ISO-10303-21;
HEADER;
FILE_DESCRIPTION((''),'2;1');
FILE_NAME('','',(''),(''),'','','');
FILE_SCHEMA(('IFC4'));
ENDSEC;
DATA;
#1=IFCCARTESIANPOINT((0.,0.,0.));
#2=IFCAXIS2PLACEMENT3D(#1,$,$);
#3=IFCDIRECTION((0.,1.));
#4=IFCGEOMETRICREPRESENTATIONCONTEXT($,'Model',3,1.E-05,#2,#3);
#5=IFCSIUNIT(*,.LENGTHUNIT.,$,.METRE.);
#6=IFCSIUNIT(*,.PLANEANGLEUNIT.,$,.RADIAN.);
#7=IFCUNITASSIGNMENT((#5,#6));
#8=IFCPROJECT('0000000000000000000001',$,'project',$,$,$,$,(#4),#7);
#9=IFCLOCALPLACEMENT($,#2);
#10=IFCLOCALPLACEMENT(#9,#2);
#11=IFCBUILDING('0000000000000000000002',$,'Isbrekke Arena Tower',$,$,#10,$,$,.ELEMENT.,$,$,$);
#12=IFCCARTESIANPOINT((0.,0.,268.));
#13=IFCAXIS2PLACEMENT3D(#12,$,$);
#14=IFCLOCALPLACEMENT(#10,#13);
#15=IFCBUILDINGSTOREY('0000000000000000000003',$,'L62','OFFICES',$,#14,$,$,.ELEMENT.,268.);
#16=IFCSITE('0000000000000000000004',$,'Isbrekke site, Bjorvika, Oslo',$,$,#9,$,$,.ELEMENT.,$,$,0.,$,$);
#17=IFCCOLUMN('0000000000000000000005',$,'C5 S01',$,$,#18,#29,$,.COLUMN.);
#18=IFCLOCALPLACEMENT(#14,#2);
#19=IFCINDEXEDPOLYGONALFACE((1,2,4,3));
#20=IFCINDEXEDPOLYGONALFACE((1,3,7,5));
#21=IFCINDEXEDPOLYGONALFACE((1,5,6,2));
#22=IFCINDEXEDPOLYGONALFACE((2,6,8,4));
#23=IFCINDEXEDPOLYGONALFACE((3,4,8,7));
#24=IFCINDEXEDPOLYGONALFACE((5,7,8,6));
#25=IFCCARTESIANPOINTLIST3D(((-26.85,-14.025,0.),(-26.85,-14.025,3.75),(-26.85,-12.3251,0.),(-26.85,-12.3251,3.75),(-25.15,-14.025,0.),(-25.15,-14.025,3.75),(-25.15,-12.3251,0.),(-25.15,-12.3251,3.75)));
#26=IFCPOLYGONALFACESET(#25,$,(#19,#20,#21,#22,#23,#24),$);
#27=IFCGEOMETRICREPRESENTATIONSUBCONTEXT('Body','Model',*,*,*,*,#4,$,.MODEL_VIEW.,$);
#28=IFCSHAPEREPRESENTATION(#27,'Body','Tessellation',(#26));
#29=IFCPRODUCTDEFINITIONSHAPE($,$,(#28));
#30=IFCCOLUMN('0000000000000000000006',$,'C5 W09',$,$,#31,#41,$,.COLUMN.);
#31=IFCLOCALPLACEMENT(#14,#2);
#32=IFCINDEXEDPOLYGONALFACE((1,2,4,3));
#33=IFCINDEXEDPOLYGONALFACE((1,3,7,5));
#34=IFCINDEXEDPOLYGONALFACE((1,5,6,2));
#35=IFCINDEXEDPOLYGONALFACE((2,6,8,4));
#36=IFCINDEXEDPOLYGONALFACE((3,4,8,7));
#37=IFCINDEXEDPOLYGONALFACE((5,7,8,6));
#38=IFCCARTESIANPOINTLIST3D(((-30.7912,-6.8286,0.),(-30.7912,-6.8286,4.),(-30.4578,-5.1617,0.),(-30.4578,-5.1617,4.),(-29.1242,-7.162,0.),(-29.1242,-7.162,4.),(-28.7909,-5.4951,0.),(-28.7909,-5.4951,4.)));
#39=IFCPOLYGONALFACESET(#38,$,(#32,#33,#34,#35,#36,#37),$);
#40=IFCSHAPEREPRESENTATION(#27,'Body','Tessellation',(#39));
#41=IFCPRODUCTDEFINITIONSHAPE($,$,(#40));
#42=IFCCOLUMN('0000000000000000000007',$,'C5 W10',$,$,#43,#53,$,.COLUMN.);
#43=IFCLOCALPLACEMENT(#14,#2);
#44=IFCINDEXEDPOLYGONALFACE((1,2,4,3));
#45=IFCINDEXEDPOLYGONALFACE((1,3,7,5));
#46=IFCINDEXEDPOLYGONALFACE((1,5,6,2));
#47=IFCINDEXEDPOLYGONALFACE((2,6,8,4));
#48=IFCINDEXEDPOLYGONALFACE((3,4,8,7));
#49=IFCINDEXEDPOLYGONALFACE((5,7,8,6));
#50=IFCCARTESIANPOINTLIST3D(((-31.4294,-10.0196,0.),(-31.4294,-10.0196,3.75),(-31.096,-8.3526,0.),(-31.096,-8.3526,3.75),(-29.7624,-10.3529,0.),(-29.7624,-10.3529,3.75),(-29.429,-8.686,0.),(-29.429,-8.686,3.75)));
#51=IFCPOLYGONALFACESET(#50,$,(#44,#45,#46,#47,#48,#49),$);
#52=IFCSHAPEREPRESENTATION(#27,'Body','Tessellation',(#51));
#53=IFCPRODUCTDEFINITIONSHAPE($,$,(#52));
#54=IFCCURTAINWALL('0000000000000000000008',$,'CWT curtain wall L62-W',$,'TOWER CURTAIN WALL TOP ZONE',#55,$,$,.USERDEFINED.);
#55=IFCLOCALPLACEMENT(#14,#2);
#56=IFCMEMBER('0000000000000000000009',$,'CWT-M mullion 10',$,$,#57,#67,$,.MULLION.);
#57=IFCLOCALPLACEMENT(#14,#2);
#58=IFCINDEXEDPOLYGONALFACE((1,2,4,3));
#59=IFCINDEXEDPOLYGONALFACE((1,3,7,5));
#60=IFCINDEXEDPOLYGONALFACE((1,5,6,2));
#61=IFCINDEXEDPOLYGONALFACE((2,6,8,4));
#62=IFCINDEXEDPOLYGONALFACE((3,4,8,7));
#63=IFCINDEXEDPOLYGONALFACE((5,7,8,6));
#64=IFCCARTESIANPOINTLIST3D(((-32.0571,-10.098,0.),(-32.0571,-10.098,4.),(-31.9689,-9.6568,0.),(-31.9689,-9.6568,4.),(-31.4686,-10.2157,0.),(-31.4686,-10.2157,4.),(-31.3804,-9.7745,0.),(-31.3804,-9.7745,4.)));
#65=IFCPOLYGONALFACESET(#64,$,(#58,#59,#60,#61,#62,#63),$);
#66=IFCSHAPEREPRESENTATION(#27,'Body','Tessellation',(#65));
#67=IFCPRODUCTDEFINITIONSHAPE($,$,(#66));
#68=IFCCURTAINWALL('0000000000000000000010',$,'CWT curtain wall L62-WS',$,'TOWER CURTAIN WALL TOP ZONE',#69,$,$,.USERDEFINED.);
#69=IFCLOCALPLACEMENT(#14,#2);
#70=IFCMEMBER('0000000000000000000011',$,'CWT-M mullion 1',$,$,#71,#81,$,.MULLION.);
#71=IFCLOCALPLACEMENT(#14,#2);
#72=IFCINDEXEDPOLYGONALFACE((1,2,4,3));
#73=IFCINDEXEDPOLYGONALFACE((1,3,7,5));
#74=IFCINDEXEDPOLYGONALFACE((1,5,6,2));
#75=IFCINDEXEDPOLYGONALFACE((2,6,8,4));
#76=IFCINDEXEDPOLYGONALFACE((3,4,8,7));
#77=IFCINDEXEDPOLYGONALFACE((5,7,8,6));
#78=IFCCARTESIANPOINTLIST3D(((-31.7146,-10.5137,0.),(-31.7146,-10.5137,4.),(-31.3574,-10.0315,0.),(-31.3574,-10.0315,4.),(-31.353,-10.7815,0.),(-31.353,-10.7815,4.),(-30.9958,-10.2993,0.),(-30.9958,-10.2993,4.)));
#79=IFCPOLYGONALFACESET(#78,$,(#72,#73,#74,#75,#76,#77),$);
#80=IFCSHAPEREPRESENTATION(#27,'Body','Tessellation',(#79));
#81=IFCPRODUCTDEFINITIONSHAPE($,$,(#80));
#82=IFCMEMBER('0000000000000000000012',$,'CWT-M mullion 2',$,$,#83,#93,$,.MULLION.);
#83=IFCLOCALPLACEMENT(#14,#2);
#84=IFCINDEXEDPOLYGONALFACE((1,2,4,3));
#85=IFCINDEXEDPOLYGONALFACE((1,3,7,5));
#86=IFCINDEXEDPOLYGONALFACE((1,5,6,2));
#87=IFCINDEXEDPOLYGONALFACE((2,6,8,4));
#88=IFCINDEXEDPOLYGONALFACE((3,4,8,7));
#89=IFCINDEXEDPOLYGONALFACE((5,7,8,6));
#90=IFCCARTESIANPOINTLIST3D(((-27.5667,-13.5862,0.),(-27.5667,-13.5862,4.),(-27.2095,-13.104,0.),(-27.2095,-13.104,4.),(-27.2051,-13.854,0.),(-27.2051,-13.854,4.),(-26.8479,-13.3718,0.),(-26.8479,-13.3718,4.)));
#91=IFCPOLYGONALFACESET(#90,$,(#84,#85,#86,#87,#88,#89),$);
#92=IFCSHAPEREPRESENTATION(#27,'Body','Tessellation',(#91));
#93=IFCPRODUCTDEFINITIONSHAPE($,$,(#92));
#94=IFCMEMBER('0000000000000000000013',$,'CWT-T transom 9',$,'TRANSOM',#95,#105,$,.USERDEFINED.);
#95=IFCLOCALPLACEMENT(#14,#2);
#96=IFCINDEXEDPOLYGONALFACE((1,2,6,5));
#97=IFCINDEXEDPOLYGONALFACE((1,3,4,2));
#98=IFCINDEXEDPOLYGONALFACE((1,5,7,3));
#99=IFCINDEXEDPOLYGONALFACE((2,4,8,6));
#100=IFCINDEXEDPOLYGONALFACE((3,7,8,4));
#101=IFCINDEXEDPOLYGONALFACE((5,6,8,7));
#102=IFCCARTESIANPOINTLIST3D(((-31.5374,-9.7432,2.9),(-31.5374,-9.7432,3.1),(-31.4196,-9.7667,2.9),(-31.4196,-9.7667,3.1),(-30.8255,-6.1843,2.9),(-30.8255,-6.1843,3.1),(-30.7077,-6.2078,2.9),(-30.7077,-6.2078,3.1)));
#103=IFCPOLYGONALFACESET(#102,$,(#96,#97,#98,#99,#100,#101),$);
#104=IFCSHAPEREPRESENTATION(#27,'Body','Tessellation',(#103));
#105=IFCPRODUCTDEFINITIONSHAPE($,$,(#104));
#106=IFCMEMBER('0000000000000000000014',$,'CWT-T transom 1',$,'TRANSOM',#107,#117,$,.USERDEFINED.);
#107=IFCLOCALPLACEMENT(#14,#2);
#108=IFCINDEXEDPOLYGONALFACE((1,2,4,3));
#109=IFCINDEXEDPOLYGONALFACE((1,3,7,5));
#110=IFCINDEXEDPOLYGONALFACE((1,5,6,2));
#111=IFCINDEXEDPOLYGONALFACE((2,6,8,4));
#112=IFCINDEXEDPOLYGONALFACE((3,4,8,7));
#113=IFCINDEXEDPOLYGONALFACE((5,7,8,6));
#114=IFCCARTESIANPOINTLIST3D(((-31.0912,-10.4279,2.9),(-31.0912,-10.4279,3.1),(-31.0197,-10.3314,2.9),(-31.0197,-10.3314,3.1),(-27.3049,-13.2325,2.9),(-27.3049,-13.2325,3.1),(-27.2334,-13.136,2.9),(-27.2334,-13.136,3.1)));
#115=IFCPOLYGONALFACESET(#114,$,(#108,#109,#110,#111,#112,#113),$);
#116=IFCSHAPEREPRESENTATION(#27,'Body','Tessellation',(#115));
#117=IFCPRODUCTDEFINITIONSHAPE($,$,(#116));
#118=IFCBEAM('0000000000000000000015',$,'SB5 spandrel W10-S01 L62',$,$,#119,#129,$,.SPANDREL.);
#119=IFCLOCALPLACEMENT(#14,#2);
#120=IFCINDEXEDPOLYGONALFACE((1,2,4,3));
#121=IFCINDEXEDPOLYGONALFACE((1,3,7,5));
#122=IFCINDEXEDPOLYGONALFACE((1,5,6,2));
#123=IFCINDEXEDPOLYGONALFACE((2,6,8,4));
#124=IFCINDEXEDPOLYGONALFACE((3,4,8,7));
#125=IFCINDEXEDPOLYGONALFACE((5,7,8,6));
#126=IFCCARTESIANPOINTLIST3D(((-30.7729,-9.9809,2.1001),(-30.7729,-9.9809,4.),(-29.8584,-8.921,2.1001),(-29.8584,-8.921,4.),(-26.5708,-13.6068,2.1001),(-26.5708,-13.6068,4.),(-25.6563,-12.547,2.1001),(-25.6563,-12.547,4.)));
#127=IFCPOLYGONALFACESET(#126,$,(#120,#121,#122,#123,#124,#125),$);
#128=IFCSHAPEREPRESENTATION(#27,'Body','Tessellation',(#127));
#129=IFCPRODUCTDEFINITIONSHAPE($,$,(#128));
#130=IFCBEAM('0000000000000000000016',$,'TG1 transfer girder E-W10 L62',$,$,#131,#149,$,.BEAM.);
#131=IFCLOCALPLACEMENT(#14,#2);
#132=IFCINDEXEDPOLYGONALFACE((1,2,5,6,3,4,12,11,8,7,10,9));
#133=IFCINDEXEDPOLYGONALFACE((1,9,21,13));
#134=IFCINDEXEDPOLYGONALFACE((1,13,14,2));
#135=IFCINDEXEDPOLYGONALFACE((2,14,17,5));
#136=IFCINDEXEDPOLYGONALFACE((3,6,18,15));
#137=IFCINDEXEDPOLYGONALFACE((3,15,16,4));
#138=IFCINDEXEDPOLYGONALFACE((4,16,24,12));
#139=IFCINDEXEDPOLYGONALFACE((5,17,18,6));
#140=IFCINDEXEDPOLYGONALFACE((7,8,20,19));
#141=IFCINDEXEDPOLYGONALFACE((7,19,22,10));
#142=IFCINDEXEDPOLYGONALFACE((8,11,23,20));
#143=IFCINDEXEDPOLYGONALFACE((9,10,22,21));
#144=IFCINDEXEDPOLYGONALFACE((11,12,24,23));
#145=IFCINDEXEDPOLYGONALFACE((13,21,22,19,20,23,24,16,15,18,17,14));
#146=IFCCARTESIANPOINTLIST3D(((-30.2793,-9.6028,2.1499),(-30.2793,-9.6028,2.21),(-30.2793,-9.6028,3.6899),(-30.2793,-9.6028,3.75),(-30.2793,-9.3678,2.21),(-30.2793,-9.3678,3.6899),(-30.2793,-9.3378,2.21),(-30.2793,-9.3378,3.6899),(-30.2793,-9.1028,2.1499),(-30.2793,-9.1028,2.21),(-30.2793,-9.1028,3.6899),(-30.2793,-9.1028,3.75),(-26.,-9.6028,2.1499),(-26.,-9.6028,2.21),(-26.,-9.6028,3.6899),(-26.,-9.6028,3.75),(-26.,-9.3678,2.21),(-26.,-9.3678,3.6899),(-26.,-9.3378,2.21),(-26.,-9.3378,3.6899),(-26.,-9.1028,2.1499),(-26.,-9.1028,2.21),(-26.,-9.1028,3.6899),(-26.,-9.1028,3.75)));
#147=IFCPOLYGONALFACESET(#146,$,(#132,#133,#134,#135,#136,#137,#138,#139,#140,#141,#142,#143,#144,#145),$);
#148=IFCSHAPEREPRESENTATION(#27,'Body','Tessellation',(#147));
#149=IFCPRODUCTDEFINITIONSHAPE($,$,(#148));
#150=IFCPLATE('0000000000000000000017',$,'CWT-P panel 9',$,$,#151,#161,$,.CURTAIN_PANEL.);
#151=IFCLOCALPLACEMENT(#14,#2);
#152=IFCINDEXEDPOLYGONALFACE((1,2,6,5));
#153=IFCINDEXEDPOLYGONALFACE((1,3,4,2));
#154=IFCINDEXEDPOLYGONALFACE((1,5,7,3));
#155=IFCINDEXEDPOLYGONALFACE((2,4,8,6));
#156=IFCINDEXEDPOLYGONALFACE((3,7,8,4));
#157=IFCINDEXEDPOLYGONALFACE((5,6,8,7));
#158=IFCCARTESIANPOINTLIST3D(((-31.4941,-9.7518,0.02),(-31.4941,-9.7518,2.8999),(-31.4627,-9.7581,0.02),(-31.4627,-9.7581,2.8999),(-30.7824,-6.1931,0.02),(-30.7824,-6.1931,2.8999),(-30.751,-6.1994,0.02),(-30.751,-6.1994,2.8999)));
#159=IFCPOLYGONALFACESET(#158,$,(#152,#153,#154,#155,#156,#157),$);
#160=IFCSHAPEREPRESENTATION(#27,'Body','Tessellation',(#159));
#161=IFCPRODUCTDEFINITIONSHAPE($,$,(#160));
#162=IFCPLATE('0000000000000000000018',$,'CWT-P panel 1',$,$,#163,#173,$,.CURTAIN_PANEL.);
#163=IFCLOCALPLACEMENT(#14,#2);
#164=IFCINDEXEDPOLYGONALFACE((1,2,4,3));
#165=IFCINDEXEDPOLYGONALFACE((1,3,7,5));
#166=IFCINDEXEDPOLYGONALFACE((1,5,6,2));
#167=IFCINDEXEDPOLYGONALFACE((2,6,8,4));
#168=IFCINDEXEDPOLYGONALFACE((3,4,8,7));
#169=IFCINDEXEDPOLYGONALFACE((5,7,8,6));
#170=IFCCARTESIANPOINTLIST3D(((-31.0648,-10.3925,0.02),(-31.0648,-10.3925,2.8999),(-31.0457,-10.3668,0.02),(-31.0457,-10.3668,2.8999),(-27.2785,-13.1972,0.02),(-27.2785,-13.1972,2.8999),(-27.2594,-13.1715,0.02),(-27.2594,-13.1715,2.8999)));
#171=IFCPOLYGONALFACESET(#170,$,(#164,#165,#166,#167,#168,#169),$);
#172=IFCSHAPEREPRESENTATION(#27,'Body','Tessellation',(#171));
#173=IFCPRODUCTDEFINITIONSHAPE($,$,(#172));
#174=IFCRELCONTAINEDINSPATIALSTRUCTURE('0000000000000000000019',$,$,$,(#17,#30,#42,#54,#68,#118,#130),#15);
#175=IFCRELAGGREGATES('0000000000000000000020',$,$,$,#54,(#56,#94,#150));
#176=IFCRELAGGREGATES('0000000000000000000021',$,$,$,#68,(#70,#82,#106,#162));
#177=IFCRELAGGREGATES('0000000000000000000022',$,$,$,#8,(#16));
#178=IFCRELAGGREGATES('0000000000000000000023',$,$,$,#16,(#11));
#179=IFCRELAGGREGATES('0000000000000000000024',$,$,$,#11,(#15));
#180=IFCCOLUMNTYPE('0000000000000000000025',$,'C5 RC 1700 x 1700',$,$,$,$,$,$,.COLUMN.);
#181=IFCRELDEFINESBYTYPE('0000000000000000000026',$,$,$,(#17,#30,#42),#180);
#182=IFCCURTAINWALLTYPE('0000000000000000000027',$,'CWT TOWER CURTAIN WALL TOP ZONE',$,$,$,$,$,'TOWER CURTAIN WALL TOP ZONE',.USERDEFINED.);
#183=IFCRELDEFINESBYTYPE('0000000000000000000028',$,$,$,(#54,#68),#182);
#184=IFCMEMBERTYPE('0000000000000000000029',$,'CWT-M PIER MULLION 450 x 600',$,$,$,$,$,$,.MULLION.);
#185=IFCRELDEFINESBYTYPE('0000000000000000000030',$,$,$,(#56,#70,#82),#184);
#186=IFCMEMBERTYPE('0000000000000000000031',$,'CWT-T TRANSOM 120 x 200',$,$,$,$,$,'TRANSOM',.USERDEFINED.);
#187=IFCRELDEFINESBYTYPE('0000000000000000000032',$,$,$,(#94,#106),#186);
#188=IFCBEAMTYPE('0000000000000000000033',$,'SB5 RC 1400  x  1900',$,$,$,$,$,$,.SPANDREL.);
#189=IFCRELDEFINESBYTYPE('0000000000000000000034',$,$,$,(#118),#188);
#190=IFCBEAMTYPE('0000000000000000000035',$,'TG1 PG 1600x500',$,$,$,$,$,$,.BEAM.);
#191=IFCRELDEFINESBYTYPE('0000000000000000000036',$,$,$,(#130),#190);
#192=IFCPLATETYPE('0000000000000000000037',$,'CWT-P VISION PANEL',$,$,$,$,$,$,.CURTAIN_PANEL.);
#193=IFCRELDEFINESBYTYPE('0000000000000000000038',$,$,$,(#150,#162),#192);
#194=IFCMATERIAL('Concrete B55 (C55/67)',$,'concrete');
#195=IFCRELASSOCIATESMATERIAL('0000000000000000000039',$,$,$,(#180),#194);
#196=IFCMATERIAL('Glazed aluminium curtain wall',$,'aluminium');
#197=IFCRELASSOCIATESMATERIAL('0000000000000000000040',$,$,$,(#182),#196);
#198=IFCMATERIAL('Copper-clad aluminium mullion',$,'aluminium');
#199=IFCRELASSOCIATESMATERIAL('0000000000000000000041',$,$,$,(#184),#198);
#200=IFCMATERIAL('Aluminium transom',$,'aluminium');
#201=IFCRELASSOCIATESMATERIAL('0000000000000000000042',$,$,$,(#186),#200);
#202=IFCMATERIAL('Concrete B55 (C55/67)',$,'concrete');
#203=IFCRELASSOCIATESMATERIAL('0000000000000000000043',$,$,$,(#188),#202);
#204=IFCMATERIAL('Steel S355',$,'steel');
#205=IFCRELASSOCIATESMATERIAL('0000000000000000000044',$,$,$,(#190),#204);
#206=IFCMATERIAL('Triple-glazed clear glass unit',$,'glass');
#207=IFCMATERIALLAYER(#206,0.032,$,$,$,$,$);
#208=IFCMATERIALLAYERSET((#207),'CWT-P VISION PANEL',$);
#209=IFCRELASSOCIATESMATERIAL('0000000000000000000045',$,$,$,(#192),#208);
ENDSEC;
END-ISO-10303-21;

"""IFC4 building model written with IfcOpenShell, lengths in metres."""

from ifc_helpers import new_model, si_unit, direction, frame, origin, origin_2d, place, context, subcontext, project, spatial, rectangle, i_section, extrude, material, layer, layer_set, material_profile, profile_set, type_object, element, aggregate, save


model = new_model("IFC4")

# Units and contexts
model_context = context("Model", 3, precision=1e-05, world=origin(), true_north=direction((0.0, 1.0)))
body_context = subcontext(model_context, "Body", "Model", "MODEL_VIEW")
ifc_project = project(units=[si_unit("LENGTHUNIT", "METRE"), si_unit("PLANEANGLEUNIT", "RADIAN")], contexts=[model_context])

# Site, building, storey
site_placement = place(None, origin())
site = spatial("IfcSite", under=ifc_project, at=site_placement, Name="Isbrekke site, Bjorvika, Oslo", CompositionType="ELEMENT", RefElevation=0.0)
building_placement = place(site_placement, origin())
building = spatial("IfcBuilding", under=site, at=building_placement, Name="Isbrekke Arena Tower", CompositionType="ELEMENT")
storey_placement = place(building_placement, frame((0.0, 0.0, 268.0)))
storey = spatial("IfcBuildingStorey", under=building, at=storey_placement, Name="L62", Description="OFFICES", CompositionType="ELEMENT", Elevation=268.0)

# Columns
ifc_material_1 = material(Name="Concrete B55 (C55/67)", Category="concrete")
ifc_material_profile_1 = material_profile(ifc_material_1, rectangle(XDim=1.7, YDim=1.7, at=origin_2d()), Name="RC 1700x1700")
ifc_profile_set_1 = profile_set([ifc_material_profile_1], Name="Concrete B55 (C55/67)")
column_type = type_object("IfcColumnType", Name="C5 RC 1700 x 1700", PredefinedType="COLUMN", material=ifc_profile_set_1)
column_1_placement = place(storey_placement, frame((-26.0, -13.175, 0.0), z_axis=(0.0, 0.0, 1.0), x_axis=(1.0, 0.0, 0.0)))
element("IfcColumn", 1, at=column_1_placement, inside=storey, type_object=column_type, Name="C5 S01", PredefinedType="COLUMN", context=body_context, shape_type="SweptSolid", body=[
    extrude(rectangle(XDim=1.7, YDim=1.7, at=origin_2d()), origin(), (0.0, 0.0, 1.0), 3.75),
])
column_2_placement = place(storey_placement, frame((-29.791, -6.1619, 0.0), z_axis=(0.0, 0.0, 1.0), x_axis=(-0.196116, -0.980581, 0.0)))
element("IfcColumn", 2, at=column_2_placement, inside=storey, type_object=column_type, Name="C5 W09", PredefinedType="COLUMN", context=body_context, shape_type="SweptSolid", body=[
    extrude(rectangle(XDim=1.7, YDim=1.7, at=origin_2d()), origin(), (0.0, 0.0, 1.0), 4.0),
])
column_3_placement = place(storey_placement, frame((-30.4292, -9.3528, 0.0), z_axis=(0.0, 0.0, 1.0), x_axis=(-0.196116, -0.980581, 0.0)))
element("IfcColumn", 3, at=column_3_placement, inside=storey, type_object=column_type, Name="C5 W10", PredefinedType="COLUMN", context=body_context, shape_type="SweptSolid", body=[
    extrude(rectangle(XDim=1.7, YDim=1.7, at=origin_2d()), origin(), (0.0, 0.0, 1.0), 3.75),
])

# Curtain wall, member
ifc_material_2 = material(Name="Glazed aluminium curtain wall", Category="aluminium")
curtain_wall_type = type_object("IfcCurtainWallType", Name="CWT TOWER CURTAIN WALL TOP ZONE", ElementType="TOWER CURTAIN WALL TOP ZONE", PredefinedType="USERDEFINED", material=ifc_material_2)
curtain_wall_1_placement = place(storey_placement, origin())
curtain_wall_1 = element("IfcCurtainWall", 4, at=curtain_wall_1_placement, inside=storey, type_object=curtain_wall_type, Name="CWT curtain wall L62-W", ObjectType="TOWER CURTAIN WALL TOP ZONE", PredefinedType="USERDEFINED")
ifc_material_3 = material(Name="Copper-clad aluminium mullion", Category="aluminium")
ifc_material_profile_2 = material_profile(ifc_material_3, rectangle(XDim=0.45, YDim=0.6001, at=origin_2d()), Name="PIER 450X600")
ifc_profile_set_2 = profile_set([ifc_material_profile_2], Name="Copper-clad aluminium mullion")
member_type_1 = type_object("IfcMemberType", Name="CWT-M PIER MULLION 450 x 600", PredefinedType="MULLION", material=ifc_profile_set_2)
member_1_placement = place(storey_placement, frame((-31.7188, -9.9363, 0.0), z_axis=(0.0, 0.0, 1.0), x_axis=(-0.196116, -0.980581, 0.0)))
member_1 = element("IfcMember", 5, at=member_1_placement, type_object=member_type_1, Name="CWT-M mullion 10", PredefinedType="MULLION", context=body_context, shape_type="SweptSolid", body=[
    extrude(rectangle(XDim=0.45, YDim=0.6001, at=origin_2d()), origin(), (0.0, 0.0, 1.0), 4.0),
])

# Curtain wall, members
curtain_wall_2_placement = place(storey_placement, origin())
curtain_wall_2 = element("IfcCurtainWall", 6, at=curtain_wall_2_placement, inside=storey, type_object=curtain_wall_type, Name="CWT curtain wall L62-WS", ObjectType="TOWER CURTAIN WALL TOP ZONE", PredefinedType="USERDEFINED")
member_2_placement = place(storey_placement, frame((-31.3552, -10.4065, 0.0), z_axis=(0.0, 0.0, 1.0), x_axis=(0.803557, -0.595228, 0.0)))
member_2 = element("IfcMember", 7, at=member_2_placement, type_object=member_type_1, Name="CWT-M mullion 1", PredefinedType="MULLION", context=body_context, shape_type="SweptSolid", body=[
    extrude(rectangle(XDim=0.45, YDim=0.6001, at=origin_2d()), origin(), (0.0, 0.0, 1.0), 4.0),
])
member_3_placement = place(storey_placement, frame((-27.2073, -13.479, 0.0), z_axis=(0.0, 0.0, 1.0), x_axis=(0.803557, -0.595228, 0.0)))
member_3 = element("IfcMember", 8, at=member_3_placement, type_object=member_type_1, Name="CWT-M mullion 2", PredefinedType="MULLION", context=body_context, shape_type="SweptSolid", body=[
    extrude(rectangle(XDim=0.45, YDim=0.6001, at=origin_2d()), origin(), (0.0, 0.0, 1.0), 4.0),
])

# Members
ifc_material_4 = material(Name="Aluminium transom", Category="aluminium")
ifc_material_profile_3 = material_profile(ifc_material_4, rectangle(XDim=0.1201, YDim=0.2, at=origin_2d()), Name="TRANSOM 120X200")
ifc_profile_set_3 = profile_set([ifc_material_profile_3], Name="Aluminium transom")
member_type_2 = type_object("IfcMemberType", Name="CWT-T TRANSOM 120 x 200", ElementType="TRANSOM", PredefinedType="USERDEFINED", material=ifc_profile_set_3)
member_4_placement = place(storey_placement, frame((-30.7666, -6.196, 3.0), z_axis=(-0.196155, -0.980573, 0.0), x_axis=(0.980573, -0.196155, 0.0)))
member_4 = element("IfcMember", 9, at=member_4_placement, type_object=member_type_2, Name="CWT-T transom 9", ObjectType="TRANSOM", PredefinedType="USERDEFINED", context=body_context, shape_type="SweptSolid", body=[
    extrude(rectangle(XDim=0.1201, YDim=0.2, at=origin_2d()), origin(), (0.0, 0.0, 1.0), 3.6294),
])
member_5_placement = place(storey_placement, frame((-31.0554, -10.3796, 3.0), z_axis=(0.803561, -0.595223, 0.0), x_axis=(0.595223, 0.803561, 0.0)))
member_5 = element("IfcMember", 10, at=member_5_placement, type_object=member_type_2, Name="CWT-T transom 1", ObjectType="TRANSOM", PredefinedType="USERDEFINED", context=body_context, shape_type="SweptSolid", body=[
    extrude(rectangle(XDim=0.1201, YDim=0.2, at=origin_2d()), origin(), (0.0, 0.0, 1.0), 4.7119),
])

# Beams
ifc_material_5 = material(Name="Concrete B55 (C55/67)", Category="concrete")
ifc_material_profile_4 = material_profile(ifc_material_5, rectangle(XDim=1.3999, YDim=1.8999, at=origin_2d()), Name="RC 1400 x 1900")
ifc_profile_set_4 = profile_set([ifc_material_profile_4], Name="Concrete B55 (C55/67)")
beam_type_1 = type_object("IfcBeamType", Name="SB5 RC 1400  x  1900", PredefinedType="SPANDREL", material=ifc_profile_set_4)
beam_1_placement = place(storey_placement, frame((-30.3157, -9.4509, 3.05), z_axis=(0.757104, -0.653295, 0.0), x_axis=(0.653295, 0.757104, 0.0)))
element("IfcBeam", 11, at=beam_1_placement, inside=storey, type_object=beam_type_1, Name="SB5 spandrel W10-S01 L62", PredefinedType="SPANDREL", context=body_context, shape_type="SweptSolid", body=[
    extrude(rectangle(XDim=1.3999, YDim=1.8999, at=origin_2d()), origin(), (0.0, 0.0, 1.0), 5.5503),
])
ifc_material_6 = material(Name="Steel S355", Category="steel")
ifc_material_profile_5 = material_profile(ifc_material_6, i_section(OverallWidth=0.5, OverallDepth=1.6001, WebThickness=0.03, FlangeThickness=0.0601, at=origin_2d()), Name="PG 1600x500")
ifc_profile_set_5 = profile_set([ifc_material_profile_5], Name="Steel S355")
beam_type_2 = type_object("IfcBeamType", Name="TG1 PG 1600x500", PredefinedType="BEAM", material=ifc_profile_set_5)
beam_2_placement = place(storey_placement, frame((-30.2793, -9.3528, 2.95), z_axis=(1.0, 0.0, 0.0), x_axis=(0.0, 1.0, 0.0)))
element("IfcBeam", 12, at=beam_2_placement, inside=storey, type_object=beam_type_2, Name="TG1 transfer girder E-W10 L62", PredefinedType="BEAM", context=body_context, shape_type="SweptSolid", body=[
    extrude(i_section(OverallWidth=0.5, OverallDepth=1.6001, WebThickness=0.03, FlangeThickness=0.0601, at=origin_2d()), origin(), (0.0, 0.0, 1.0), 4.2793),
])

# Plates
ifc_material_7 = material(Name="Triple-glazed clear glass unit", Category="glass")
ifc_layer_1 = layer(ifc_material_7, 0.032)
ifc_layer_set_1 = layer_set([ifc_layer_1], Name="CWT-P VISION PANEL")
plate_type = type_object("IfcPlateType", Name="CWT-P VISION PANEL", PredefinedType="CURTAIN_PANEL", material=ifc_layer_set_1)
plate_1_placement = place(storey_placement, frame((-31.1226, -7.9756, 0.02), z_axis=(0.0, 0.0, 1.0), x_axis=(-0.196116, -0.980581, 0.0)))
plate_1 = element("IfcPlate", 13, at=plate_1_placement, type_object=plate_type, Name="CWT-P panel 9", PredefinedType="CURTAIN_PANEL", context=body_context, shape_type="SweptSolid", body=[
    extrude(rectangle(XDim=3.6292, YDim=0.032, at=origin_2d()), origin(), (0.0, 0.0, 1.0), 2.8799),
])
aggregate(curtain_wall_1, [member_1, member_4, plate_1])
plate_2_placement = place(storey_placement, frame((-29.1621, -11.782, 0.02), z_axis=(0.0, 0.0, 1.0), x_axis=(0.803557, -0.595228, 0.0)))
plate_2 = element("IfcPlate", 14, at=plate_2_placement, type_object=plate_type, Name="CWT-P panel 1", PredefinedType="CURTAIN_PANEL", context=body_context, shape_type="SweptSolid", body=[
    extrude(rectangle(XDim=4.7119, YDim=0.032, at=origin_2d()), origin(), (0.0, 0.0, 1.0), 2.8799),
])
aggregate(curtain_wall_2, [member_2, member_3, member_5, plate_2])

save(model, "model.ifc")
